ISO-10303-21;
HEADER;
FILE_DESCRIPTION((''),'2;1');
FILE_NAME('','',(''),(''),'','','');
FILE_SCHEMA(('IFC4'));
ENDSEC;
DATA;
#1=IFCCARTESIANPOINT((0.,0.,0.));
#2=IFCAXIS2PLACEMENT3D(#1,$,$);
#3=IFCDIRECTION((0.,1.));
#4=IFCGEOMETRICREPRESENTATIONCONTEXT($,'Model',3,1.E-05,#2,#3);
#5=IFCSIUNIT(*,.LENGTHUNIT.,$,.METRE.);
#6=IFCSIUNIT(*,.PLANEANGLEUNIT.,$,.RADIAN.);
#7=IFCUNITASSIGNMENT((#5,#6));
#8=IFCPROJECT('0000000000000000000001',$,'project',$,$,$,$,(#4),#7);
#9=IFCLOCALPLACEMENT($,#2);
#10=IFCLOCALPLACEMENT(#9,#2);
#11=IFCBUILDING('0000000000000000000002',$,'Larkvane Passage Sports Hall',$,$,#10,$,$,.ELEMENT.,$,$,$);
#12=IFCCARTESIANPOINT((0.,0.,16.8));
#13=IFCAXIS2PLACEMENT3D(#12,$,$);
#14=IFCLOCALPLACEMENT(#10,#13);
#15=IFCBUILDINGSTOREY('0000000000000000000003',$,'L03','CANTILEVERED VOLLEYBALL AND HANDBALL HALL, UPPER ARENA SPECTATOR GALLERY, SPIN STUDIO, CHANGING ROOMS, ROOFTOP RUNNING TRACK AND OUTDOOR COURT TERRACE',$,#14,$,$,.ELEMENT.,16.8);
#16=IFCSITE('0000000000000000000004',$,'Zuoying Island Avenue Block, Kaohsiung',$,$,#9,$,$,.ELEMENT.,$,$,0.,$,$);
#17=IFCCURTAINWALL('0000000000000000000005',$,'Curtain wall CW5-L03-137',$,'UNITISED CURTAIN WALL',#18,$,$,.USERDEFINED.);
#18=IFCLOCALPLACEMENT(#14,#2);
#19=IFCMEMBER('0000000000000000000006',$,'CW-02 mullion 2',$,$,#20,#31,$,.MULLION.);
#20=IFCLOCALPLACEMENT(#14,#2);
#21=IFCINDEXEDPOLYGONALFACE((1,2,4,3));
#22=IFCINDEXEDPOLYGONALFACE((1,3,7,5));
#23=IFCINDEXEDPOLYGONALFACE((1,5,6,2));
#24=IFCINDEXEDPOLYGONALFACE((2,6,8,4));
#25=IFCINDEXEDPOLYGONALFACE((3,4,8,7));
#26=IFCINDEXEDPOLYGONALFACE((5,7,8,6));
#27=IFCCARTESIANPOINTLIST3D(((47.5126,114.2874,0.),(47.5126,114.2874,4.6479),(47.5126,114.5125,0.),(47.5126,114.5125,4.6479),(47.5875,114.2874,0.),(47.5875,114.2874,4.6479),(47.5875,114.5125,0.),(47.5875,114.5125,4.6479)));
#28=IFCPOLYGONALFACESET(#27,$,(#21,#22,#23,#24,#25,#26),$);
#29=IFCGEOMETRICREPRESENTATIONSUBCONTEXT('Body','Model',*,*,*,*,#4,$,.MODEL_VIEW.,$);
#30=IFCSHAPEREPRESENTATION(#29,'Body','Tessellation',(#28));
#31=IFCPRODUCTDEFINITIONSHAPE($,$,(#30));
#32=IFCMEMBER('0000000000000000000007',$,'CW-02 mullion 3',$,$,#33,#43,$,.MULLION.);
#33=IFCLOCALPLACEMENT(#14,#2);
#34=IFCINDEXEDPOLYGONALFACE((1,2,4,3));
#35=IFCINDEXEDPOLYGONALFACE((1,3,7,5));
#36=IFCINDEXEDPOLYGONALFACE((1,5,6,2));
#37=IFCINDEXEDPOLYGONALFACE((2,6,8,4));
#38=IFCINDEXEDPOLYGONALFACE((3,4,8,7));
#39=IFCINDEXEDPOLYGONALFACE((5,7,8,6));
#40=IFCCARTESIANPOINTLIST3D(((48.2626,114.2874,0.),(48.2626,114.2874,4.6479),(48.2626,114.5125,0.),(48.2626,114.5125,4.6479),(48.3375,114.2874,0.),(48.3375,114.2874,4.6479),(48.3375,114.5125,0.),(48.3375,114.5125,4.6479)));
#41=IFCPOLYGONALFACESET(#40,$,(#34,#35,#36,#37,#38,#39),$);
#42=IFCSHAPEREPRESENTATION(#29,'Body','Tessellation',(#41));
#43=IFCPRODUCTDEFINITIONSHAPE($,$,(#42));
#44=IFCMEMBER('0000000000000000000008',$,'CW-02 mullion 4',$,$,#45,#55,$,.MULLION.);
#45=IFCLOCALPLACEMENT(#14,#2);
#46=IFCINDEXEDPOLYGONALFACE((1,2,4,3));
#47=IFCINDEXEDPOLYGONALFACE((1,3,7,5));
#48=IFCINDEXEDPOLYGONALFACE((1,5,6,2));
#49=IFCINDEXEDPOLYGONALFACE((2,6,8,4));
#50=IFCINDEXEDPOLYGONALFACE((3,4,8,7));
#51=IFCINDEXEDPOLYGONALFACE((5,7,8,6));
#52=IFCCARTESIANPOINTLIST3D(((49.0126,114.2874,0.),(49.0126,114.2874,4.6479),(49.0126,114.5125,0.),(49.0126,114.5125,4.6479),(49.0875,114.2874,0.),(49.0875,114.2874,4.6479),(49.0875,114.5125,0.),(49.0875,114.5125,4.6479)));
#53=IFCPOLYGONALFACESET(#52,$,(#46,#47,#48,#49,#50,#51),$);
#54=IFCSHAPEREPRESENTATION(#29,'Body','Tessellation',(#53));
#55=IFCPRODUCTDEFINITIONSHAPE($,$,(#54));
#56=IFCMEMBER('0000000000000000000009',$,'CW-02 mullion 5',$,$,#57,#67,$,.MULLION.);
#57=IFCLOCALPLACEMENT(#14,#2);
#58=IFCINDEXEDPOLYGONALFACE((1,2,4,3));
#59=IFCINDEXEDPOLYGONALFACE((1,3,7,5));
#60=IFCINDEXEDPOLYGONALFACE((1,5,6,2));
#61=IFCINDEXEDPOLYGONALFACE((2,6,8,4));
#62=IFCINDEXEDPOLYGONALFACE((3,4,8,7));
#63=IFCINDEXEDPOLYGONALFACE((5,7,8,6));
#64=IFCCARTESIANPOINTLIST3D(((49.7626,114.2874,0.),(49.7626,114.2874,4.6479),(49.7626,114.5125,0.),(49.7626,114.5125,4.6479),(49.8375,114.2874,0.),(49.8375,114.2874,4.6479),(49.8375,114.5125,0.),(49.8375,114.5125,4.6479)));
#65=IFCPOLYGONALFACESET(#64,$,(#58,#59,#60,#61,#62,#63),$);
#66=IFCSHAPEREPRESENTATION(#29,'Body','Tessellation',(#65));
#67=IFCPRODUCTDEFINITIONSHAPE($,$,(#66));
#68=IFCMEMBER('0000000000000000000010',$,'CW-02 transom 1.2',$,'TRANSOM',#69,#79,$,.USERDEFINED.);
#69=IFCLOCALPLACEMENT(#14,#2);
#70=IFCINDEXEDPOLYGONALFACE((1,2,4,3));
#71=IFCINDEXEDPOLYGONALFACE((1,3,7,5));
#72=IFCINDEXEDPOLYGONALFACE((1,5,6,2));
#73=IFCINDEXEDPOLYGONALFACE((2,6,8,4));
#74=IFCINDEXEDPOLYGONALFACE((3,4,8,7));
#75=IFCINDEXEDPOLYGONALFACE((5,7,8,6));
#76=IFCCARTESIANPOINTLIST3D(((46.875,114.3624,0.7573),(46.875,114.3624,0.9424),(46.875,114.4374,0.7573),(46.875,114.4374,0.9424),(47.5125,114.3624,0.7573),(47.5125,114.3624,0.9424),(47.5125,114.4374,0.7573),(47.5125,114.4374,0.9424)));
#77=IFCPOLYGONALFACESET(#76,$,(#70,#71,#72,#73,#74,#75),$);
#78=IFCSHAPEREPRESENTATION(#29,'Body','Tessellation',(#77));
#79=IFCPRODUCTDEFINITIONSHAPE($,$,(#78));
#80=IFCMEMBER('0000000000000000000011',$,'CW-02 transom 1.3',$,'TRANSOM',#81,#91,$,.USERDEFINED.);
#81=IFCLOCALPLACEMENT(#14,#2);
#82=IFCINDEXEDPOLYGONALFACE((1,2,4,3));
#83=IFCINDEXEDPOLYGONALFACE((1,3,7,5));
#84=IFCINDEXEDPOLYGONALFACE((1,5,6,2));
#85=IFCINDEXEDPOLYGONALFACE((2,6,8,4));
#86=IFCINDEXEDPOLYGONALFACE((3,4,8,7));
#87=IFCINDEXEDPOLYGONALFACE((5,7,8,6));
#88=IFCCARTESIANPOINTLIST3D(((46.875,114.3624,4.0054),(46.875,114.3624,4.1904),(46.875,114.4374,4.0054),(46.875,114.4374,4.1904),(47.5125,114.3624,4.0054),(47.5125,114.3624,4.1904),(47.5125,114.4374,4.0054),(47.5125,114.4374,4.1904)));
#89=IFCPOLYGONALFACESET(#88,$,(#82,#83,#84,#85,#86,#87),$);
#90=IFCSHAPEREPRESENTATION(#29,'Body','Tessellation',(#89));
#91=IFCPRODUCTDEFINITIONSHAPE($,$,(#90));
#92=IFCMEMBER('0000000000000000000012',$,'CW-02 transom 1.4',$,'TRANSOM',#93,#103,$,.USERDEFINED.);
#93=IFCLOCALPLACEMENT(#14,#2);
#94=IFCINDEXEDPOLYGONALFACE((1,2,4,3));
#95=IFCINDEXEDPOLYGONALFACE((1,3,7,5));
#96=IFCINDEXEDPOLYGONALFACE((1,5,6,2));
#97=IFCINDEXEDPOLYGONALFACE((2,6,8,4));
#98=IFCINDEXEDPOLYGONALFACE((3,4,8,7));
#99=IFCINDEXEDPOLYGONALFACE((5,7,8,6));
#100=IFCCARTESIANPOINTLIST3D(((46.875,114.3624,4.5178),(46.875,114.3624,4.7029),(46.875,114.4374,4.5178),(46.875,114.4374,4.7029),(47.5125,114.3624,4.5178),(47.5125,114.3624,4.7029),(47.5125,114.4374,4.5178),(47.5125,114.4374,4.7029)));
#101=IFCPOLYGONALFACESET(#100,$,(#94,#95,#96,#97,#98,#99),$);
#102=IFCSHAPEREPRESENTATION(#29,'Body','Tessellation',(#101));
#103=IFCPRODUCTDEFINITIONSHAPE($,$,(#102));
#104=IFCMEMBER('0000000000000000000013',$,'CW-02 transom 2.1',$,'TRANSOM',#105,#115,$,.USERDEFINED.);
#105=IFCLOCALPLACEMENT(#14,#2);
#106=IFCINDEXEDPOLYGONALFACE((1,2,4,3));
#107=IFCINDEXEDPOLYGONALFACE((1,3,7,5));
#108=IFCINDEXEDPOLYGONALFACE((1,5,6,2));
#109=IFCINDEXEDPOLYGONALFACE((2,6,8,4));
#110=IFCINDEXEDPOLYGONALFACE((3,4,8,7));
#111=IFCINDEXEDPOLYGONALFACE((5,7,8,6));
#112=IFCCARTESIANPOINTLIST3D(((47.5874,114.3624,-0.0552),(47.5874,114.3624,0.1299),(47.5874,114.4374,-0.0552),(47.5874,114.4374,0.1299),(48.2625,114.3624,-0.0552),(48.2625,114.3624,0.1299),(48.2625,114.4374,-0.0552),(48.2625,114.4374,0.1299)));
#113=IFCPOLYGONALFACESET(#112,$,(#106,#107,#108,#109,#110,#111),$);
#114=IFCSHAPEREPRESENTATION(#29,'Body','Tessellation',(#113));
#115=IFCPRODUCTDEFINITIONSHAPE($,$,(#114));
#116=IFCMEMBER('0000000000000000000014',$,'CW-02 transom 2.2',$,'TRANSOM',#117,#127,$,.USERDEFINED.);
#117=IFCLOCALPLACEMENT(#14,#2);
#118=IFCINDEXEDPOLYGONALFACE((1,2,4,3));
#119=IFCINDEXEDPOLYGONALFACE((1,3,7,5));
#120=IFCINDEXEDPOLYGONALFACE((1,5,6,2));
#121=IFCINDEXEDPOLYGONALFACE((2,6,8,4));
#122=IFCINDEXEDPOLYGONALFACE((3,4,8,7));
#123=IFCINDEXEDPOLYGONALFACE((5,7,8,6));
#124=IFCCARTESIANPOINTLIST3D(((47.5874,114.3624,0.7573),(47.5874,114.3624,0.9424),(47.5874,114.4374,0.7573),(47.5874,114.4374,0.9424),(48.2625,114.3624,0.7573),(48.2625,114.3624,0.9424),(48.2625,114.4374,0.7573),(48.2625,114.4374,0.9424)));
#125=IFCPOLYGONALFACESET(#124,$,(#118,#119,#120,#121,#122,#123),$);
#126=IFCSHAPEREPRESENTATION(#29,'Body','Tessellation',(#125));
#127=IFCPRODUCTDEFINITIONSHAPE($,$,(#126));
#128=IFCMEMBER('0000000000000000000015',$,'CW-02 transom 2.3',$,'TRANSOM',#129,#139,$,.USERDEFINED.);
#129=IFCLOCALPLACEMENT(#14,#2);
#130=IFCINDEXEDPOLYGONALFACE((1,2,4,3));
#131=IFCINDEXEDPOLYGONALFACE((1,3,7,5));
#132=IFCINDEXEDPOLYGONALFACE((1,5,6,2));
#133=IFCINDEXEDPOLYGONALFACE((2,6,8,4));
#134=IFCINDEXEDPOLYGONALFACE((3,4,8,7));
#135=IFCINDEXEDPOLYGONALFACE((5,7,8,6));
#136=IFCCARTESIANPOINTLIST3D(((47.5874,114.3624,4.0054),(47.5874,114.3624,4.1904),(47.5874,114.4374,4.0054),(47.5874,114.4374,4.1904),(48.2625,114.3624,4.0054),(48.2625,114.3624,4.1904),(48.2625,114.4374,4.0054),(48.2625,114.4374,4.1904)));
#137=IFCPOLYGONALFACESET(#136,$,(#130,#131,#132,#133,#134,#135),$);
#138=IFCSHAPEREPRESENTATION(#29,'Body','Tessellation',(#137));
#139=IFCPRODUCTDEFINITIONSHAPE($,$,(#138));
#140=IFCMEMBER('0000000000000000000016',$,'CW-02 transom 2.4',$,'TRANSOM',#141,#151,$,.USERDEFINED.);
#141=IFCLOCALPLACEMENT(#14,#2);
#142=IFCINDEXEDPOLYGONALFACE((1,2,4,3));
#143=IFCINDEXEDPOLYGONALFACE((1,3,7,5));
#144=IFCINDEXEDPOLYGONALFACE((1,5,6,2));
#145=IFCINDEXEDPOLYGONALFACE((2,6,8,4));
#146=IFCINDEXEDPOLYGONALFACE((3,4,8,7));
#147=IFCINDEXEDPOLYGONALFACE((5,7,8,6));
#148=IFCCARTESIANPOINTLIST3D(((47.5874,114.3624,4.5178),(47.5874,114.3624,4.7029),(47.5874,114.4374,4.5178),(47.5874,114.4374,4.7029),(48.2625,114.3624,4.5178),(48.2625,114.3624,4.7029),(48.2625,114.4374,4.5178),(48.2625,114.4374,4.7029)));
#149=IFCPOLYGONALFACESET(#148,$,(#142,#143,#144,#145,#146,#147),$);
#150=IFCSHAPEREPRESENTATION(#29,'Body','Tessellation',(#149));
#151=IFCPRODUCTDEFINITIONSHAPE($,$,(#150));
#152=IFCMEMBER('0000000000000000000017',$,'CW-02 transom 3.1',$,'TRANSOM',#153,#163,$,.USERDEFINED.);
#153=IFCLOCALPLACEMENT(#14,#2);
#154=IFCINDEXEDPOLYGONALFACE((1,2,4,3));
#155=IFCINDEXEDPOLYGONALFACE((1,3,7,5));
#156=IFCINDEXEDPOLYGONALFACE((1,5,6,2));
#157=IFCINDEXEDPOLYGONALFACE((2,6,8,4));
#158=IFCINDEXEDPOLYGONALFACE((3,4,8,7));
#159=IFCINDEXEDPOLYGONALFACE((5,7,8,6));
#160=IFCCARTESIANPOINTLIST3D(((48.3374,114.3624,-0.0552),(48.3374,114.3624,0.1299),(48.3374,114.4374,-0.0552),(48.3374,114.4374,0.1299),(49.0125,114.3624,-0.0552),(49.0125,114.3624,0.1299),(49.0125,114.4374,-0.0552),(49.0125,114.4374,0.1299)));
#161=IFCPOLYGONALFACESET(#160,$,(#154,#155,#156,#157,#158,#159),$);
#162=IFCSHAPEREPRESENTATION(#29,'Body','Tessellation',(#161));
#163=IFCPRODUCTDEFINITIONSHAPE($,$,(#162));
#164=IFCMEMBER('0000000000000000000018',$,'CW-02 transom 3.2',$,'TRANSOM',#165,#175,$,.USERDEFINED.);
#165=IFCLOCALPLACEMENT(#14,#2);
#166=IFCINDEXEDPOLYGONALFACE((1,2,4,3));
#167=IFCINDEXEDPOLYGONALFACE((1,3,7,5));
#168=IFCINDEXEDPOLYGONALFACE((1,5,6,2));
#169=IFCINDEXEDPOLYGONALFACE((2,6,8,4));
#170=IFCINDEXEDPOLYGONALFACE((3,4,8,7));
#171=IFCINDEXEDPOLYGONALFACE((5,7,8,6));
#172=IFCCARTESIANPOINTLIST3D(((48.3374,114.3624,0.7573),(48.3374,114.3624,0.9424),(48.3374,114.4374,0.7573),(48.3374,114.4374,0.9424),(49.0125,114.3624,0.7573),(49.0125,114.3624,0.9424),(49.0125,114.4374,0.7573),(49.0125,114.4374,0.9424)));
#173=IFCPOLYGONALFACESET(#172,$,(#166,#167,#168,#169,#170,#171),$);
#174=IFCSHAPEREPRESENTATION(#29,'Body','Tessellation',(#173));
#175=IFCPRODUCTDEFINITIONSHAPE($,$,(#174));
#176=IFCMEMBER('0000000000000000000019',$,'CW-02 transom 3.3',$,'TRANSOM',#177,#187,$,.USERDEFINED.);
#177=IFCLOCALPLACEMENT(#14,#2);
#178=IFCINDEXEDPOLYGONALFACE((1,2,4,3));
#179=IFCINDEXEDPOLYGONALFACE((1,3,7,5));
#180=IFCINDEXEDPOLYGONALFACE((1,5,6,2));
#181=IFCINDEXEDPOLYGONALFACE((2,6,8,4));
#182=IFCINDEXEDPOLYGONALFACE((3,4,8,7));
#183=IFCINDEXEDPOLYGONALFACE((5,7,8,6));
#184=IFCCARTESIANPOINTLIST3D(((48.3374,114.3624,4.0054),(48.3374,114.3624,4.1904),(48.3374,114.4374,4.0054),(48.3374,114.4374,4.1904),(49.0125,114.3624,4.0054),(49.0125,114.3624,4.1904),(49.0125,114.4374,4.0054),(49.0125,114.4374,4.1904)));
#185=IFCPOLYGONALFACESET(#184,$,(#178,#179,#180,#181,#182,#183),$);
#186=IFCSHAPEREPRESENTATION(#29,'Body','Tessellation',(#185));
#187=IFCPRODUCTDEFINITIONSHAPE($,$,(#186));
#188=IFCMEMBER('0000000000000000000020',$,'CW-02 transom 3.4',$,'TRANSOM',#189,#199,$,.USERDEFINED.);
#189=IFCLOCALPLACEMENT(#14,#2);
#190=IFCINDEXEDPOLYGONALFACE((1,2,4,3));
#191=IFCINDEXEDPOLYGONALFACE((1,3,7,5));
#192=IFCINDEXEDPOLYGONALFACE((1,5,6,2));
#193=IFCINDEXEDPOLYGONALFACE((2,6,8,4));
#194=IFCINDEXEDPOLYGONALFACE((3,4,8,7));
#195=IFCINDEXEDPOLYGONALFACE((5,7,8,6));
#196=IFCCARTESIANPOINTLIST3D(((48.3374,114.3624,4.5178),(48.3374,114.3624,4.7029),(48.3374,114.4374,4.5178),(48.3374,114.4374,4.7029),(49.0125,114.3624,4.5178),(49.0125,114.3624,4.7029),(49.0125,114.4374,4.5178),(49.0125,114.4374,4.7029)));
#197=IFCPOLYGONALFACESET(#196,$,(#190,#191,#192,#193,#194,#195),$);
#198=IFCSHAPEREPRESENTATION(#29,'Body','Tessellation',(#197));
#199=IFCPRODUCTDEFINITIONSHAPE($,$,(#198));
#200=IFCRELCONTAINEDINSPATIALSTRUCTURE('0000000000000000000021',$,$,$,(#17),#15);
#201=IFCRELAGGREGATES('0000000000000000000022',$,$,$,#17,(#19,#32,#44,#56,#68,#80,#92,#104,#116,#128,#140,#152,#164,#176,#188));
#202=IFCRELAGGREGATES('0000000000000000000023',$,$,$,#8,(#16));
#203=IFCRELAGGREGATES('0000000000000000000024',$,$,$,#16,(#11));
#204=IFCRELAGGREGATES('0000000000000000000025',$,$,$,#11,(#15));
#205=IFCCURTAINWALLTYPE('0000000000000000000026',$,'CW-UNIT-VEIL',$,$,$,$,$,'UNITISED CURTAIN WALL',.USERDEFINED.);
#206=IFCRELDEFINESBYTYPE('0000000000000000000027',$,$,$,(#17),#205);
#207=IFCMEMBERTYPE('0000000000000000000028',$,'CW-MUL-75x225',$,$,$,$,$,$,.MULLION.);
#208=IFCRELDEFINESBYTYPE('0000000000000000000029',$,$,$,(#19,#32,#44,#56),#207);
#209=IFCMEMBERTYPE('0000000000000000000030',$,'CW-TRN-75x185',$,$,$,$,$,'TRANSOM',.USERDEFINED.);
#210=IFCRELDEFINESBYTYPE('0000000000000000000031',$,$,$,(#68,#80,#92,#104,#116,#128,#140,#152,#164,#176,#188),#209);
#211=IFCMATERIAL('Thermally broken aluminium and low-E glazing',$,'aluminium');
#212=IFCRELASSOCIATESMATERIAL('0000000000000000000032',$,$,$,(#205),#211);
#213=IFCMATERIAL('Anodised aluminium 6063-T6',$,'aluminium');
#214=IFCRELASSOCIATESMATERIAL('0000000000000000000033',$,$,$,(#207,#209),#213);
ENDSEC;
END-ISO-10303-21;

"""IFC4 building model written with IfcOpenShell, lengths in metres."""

from ifc_helpers import new_model, si_unit, direction, frame, origin, origin_2d, place, context, subcontext, project, spatial, rectangle, extrude, material, material_profile, profile_set, type_object, element, aggregate, save


model = new_model("IFC4")

# Units and contexts
model_context = context("Model", 3, precision=1e-05, world=origin(), true_north=direction((0.0, 1.0)))
body_context = subcontext(model_context, "Body", "Model", "MODEL_VIEW")
ifc_project = project(units=[si_unit("LENGTHUNIT", "METRE"), si_unit("PLANEANGLEUNIT", "RADIAN")], contexts=[model_context])

# Site, building, storey
site_placement = place(None, origin())
site = spatial("IfcSite", under=ifc_project, at=site_placement, Name="Zuoying Island Avenue Block, Kaohsiung", CompositionType="ELEMENT", RefElevation=0.0)
building_placement = place(site_placement, origin())
building = spatial("IfcBuilding", under=site, at=building_placement, Name="Larkvane Passage Sports Hall", CompositionType="ELEMENT")
storey_placement = place(building_placement, frame((0.0, 0.0, 16.8)))
storey = spatial("IfcBuildingStorey", under=building, at=storey_placement, Name="L03", Description="CANTILEVERED VOLLEYBALL AND HANDBALL HALL, UPPER ARENA SPECTATOR GALLERY, SPIN STUDIO, CHANGING ROOMS, ROOFTOP RUNNING TRACK AND OUTDOOR COURT TERRACE", CompositionType="ELEMENT", Elevation=16.8)

# Curtain wall, members
ifc_material_1 = material(Name="Thermally broken aluminium and low-E glazing", Category="aluminium")
curtain_wall_type = type_object("IfcCurtainWallType", Name="CW-UNIT-VEIL", ElementType="UNITISED CURTAIN WALL", PredefinedType="USERDEFINED", material=ifc_material_1)
curtain_wall_placement = place(storey_placement, origin())
curtain_wall = element("IfcCurtainWall", 1, at=curtain_wall_placement, inside=storey, type_object=curtain_wall_type, Name="Curtain wall CW5-L03-137", ObjectType="UNITISED CURTAIN WALL", PredefinedType="USERDEFINED")
ifc_material_2 = material(Name="Anodised aluminium 6063-T6", Category="aluminium")
ifc_material_profile_1 = material_profile(ifc_material_2, rectangle(XDim=0.075, YDim=0.2251, at=origin_2d()), Name="ALU-MUL-75x225")
ifc_profile_set_1 = profile_set([ifc_material_profile_1], Name="Anodised aluminium 6063-T6")
member_type_1 = type_object("IfcMemberType", Name="CW-MUL-75x225", PredefinedType="MULLION", material=ifc_profile_set_1)
member_1_placement = place(storey_placement, frame((47.55, 114.3999, 0.0), z_axis=(0.0, 0.0, 1.0), x_axis=(1.0, 0.0, 0.0)))
member_1 = element("IfcMember", 2, at=member_1_placement, type_object=member_type_1, Name="CW-02 mullion 2", PredefinedType="MULLION", context=body_context, shape_type="SweptSolid", body=[
    extrude(rectangle(XDim=0.075, YDim=0.2251, at=origin_2d()), origin(), (0.0, 0.0, 1.0), 4.6479),
])
member_2_placement = place(storey_placement, frame((48.3, 114.3999, 0.0), z_axis=(0.0, 0.0, 1.0), x_axis=(1.0, 0.0, 0.0)))
member_2 = element("IfcMember", 3, at=member_2_placement, type_object=member_type_1, Name="CW-02 mullion 3", PredefinedType="MULLION", context=body_context, shape_type="SweptSolid", body=[
    extrude(rectangle(XDim=0.075, YDim=0.2251, at=origin_2d()), origin(), (0.0, 0.0, 1.0), 4.6479),
])
member_3_placement = place(storey_placement, frame((49.05, 114.3999, 0.0), z_axis=(0.0, 0.0, 1.0), x_axis=(1.0, 0.0, 0.0)))
member_3 = element("IfcMember", 4, at=member_3_placement, type_object=member_type_1, Name="CW-02 mullion 4", PredefinedType="MULLION", context=body_context, shape_type="SweptSolid", body=[
    extrude(rectangle(XDim=0.075, YDim=0.2251, at=origin_2d()), origin(), (0.0, 0.0, 1.0), 4.6479),
])
member_4_placement = place(storey_placement, frame((49.8, 114.3999, 0.0), z_axis=(0.0, 0.0, 1.0), x_axis=(1.0, 0.0, 0.0)))
member_4 = element("IfcMember", 5, at=member_4_placement, type_object=member_type_1, Name="CW-02 mullion 5", PredefinedType="MULLION", context=body_context, shape_type="SweptSolid", body=[
    extrude(rectangle(XDim=0.075, YDim=0.2251, at=origin_2d()), origin(), (0.0, 0.0, 1.0), 4.6479),
])
ifc_material_profile_2 = material_profile(ifc_material_2, rectangle(XDim=0.075, YDim=0.1851, at=origin_2d()), Name="ALU-TRN-75x185")
ifc_profile_set_2 = profile_set([ifc_material_profile_2], Name="Anodised aluminium 6063-T6")
member_type_2 = type_object("IfcMemberType", Name="CW-TRN-75x185", ElementType="TRANSOM", PredefinedType="USERDEFINED", material=ifc_profile_set_2)
member_5_placement = place(storey_placement, frame((46.875, 114.3999, 0.8499), z_axis=(1.0, 0.0, 0.0), x_axis=(0.0, 1.0, 0.0)))
member_5 = element("IfcMember", 6, at=member_5_placement, type_object=member_type_2, Name="CW-02 transom 1.2", ObjectType="TRANSOM", PredefinedType="USERDEFINED", context=body_context, shape_type="SweptSolid", body=[
    extrude(rectangle(XDim=0.075, YDim=0.1851, at=origin_2d()), origin(), (0.0, 0.0, 1.0), 0.6375),
])
member_6_placement = place(storey_placement, frame((46.875, 114.3999, 4.0979), z_axis=(1.0, 0.0, 0.0), x_axis=(0.0, 1.0, 0.0)))
member_6 = element("IfcMember", 7, at=member_6_placement, type_object=member_type_2, Name="CW-02 transom 1.3", ObjectType="TRANSOM", PredefinedType="USERDEFINED", context=body_context, shape_type="SweptSolid", body=[
    extrude(rectangle(XDim=0.075, YDim=0.1851, at=origin_2d()), origin(), (0.0, 0.0, 1.0), 0.6375),
])
member_7_placement = place(storey_placement, frame((46.875, 114.3999, 4.6104), z_axis=(1.0, 0.0, 0.0), x_axis=(0.0, 1.0, 0.0)))
member_7 = element("IfcMember", 8, at=member_7_placement, type_object=member_type_2, Name="CW-02 transom 1.4", ObjectType="TRANSOM", PredefinedType="USERDEFINED", context=body_context, shape_type="SweptSolid", body=[
    extrude(rectangle(XDim=0.075, YDim=0.1851, at=origin_2d()), origin(), (0.0, 0.0, 1.0), 0.6375),
])
member_8_placement = place(storey_placement, frame((47.5874, 114.3999, 0.0374), z_axis=(1.0, 0.0, 0.0), x_axis=(0.0, 1.0, 0.0)))
member_8 = element("IfcMember", 9, at=member_8_placement, type_object=member_type_2, Name="CW-02 transom 2.1", ObjectType="TRANSOM", PredefinedType="USERDEFINED", context=body_context, shape_type="SweptSolid", body=[
    extrude(rectangle(XDim=0.075, YDim=0.1851, at=origin_2d()), origin(), (0.0, 0.0, 1.0), 0.675),
])
member_9_placement = place(storey_placement, frame((47.5874, 114.3999, 0.8499), z_axis=(1.0, 0.0, 0.0), x_axis=(0.0, 1.0, 0.0)))
member_9 = element("IfcMember", 10, at=member_9_placement, type_object=member_type_2, Name="CW-02 transom 2.2", ObjectType="TRANSOM", PredefinedType="USERDEFINED", context=body_context, shape_type="SweptSolid", body=[
    extrude(rectangle(XDim=0.075, YDim=0.1851, at=origin_2d()), origin(), (0.0, 0.0, 1.0), 0.675),
])
member_10_placement = place(storey_placement, frame((47.5874, 114.3999, 4.0979), z_axis=(1.0, 0.0, 0.0), x_axis=(0.0, 1.0, 0.0)))
member_10 = element("IfcMember", 11, at=member_10_placement, type_object=member_type_2, Name="CW-02 transom 2.3", ObjectType="TRANSOM", PredefinedType="USERDEFINED", context=body_context, shape_type="SweptSolid", body=[
    extrude(rectangle(XDim=0.075, YDim=0.1851, at=origin_2d()), origin(), (0.0, 0.0, 1.0), 0.675),
])
member_11_placement = place(storey_placement, frame((47.5874, 114.3999, 4.6104), z_axis=(1.0, 0.0, 0.0), x_axis=(0.0, 1.0, 0.0)))
member_11 = element("IfcMember", 12, at=member_11_placement, type_object=member_type_2, Name="CW-02 transom 2.4", ObjectType="TRANSOM", PredefinedType="USERDEFINED", context=body_context, shape_type="SweptSolid", body=[
    extrude(rectangle(XDim=0.075, YDim=0.1851, at=origin_2d()), origin(), (0.0, 0.0, 1.0), 0.675),
])
member_12_placement = place(storey_placement, frame((48.3374, 114.3999, 0.0374), z_axis=(1.0, 0.0, 0.0), x_axis=(0.0, 1.0, 0.0)))
member_12 = element("IfcMember", 13, at=member_12_placement, type_object=member_type_2, Name="CW-02 transom 3.1", ObjectType="TRANSOM", PredefinedType="USERDEFINED", context=body_context, shape_type="SweptSolid", body=[
    extrude(rectangle(XDim=0.075, YDim=0.1851, at=origin_2d()), origin(), (0.0, 0.0, 1.0), 0.675),
])
member_13_placement = place(storey_placement, frame((48.3374, 114.3999, 0.8499), z_axis=(1.0, 0.0, 0.0), x_axis=(0.0, 1.0, 0.0)))
member_13 = element("IfcMember", 14, at=member_13_placement, type_object=member_type_2, Name="CW-02 transom 3.2", ObjectType="TRANSOM", PredefinedType="USERDEFINED", context=body_context, shape_type="SweptSolid", body=[
    extrude(rectangle(XDim=0.075, YDim=0.1851, at=origin_2d()), origin(), (0.0, 0.0, 1.0), 0.675),
])
member_14_placement = place(storey_placement, frame((48.3374, 114.3999, 4.0979), z_axis=(1.0, 0.0, 0.0), x_axis=(0.0, 1.0, 0.0)))
member_14 = element("IfcMember", 15, at=member_14_placement, type_object=member_type_2, Name="CW-02 transom 3.3", ObjectType="TRANSOM", PredefinedType="USERDEFINED", context=body_context, shape_type="SweptSolid", body=[
    extrude(rectangle(XDim=0.075, YDim=0.1851, at=origin_2d()), origin(), (0.0, 0.0, 1.0), 0.675),
])
member_15_placement = place(storey_placement, frame((48.3374, 114.3999, 4.6104), z_axis=(1.0, 0.0, 0.0), x_axis=(0.0, 1.0, 0.0)))
member_15 = element("IfcMember", 16, at=member_15_placement, type_object=member_type_2, Name="CW-02 transom 3.4", ObjectType="TRANSOM", PredefinedType="USERDEFINED", context=body_context, shape_type="SweptSolid", body=[
    extrude(rectangle(XDim=0.075, YDim=0.1851, at=origin_2d()), origin(), (0.0, 0.0, 1.0), 0.675),
])
aggregate(curtain_wall, [member_1, member_2, member_3, member_4, member_5, member_6, member_7, member_8, member_9, member_10, member_11, member_12, member_13, member_14, member_15])

save(model, "model.ifc")
